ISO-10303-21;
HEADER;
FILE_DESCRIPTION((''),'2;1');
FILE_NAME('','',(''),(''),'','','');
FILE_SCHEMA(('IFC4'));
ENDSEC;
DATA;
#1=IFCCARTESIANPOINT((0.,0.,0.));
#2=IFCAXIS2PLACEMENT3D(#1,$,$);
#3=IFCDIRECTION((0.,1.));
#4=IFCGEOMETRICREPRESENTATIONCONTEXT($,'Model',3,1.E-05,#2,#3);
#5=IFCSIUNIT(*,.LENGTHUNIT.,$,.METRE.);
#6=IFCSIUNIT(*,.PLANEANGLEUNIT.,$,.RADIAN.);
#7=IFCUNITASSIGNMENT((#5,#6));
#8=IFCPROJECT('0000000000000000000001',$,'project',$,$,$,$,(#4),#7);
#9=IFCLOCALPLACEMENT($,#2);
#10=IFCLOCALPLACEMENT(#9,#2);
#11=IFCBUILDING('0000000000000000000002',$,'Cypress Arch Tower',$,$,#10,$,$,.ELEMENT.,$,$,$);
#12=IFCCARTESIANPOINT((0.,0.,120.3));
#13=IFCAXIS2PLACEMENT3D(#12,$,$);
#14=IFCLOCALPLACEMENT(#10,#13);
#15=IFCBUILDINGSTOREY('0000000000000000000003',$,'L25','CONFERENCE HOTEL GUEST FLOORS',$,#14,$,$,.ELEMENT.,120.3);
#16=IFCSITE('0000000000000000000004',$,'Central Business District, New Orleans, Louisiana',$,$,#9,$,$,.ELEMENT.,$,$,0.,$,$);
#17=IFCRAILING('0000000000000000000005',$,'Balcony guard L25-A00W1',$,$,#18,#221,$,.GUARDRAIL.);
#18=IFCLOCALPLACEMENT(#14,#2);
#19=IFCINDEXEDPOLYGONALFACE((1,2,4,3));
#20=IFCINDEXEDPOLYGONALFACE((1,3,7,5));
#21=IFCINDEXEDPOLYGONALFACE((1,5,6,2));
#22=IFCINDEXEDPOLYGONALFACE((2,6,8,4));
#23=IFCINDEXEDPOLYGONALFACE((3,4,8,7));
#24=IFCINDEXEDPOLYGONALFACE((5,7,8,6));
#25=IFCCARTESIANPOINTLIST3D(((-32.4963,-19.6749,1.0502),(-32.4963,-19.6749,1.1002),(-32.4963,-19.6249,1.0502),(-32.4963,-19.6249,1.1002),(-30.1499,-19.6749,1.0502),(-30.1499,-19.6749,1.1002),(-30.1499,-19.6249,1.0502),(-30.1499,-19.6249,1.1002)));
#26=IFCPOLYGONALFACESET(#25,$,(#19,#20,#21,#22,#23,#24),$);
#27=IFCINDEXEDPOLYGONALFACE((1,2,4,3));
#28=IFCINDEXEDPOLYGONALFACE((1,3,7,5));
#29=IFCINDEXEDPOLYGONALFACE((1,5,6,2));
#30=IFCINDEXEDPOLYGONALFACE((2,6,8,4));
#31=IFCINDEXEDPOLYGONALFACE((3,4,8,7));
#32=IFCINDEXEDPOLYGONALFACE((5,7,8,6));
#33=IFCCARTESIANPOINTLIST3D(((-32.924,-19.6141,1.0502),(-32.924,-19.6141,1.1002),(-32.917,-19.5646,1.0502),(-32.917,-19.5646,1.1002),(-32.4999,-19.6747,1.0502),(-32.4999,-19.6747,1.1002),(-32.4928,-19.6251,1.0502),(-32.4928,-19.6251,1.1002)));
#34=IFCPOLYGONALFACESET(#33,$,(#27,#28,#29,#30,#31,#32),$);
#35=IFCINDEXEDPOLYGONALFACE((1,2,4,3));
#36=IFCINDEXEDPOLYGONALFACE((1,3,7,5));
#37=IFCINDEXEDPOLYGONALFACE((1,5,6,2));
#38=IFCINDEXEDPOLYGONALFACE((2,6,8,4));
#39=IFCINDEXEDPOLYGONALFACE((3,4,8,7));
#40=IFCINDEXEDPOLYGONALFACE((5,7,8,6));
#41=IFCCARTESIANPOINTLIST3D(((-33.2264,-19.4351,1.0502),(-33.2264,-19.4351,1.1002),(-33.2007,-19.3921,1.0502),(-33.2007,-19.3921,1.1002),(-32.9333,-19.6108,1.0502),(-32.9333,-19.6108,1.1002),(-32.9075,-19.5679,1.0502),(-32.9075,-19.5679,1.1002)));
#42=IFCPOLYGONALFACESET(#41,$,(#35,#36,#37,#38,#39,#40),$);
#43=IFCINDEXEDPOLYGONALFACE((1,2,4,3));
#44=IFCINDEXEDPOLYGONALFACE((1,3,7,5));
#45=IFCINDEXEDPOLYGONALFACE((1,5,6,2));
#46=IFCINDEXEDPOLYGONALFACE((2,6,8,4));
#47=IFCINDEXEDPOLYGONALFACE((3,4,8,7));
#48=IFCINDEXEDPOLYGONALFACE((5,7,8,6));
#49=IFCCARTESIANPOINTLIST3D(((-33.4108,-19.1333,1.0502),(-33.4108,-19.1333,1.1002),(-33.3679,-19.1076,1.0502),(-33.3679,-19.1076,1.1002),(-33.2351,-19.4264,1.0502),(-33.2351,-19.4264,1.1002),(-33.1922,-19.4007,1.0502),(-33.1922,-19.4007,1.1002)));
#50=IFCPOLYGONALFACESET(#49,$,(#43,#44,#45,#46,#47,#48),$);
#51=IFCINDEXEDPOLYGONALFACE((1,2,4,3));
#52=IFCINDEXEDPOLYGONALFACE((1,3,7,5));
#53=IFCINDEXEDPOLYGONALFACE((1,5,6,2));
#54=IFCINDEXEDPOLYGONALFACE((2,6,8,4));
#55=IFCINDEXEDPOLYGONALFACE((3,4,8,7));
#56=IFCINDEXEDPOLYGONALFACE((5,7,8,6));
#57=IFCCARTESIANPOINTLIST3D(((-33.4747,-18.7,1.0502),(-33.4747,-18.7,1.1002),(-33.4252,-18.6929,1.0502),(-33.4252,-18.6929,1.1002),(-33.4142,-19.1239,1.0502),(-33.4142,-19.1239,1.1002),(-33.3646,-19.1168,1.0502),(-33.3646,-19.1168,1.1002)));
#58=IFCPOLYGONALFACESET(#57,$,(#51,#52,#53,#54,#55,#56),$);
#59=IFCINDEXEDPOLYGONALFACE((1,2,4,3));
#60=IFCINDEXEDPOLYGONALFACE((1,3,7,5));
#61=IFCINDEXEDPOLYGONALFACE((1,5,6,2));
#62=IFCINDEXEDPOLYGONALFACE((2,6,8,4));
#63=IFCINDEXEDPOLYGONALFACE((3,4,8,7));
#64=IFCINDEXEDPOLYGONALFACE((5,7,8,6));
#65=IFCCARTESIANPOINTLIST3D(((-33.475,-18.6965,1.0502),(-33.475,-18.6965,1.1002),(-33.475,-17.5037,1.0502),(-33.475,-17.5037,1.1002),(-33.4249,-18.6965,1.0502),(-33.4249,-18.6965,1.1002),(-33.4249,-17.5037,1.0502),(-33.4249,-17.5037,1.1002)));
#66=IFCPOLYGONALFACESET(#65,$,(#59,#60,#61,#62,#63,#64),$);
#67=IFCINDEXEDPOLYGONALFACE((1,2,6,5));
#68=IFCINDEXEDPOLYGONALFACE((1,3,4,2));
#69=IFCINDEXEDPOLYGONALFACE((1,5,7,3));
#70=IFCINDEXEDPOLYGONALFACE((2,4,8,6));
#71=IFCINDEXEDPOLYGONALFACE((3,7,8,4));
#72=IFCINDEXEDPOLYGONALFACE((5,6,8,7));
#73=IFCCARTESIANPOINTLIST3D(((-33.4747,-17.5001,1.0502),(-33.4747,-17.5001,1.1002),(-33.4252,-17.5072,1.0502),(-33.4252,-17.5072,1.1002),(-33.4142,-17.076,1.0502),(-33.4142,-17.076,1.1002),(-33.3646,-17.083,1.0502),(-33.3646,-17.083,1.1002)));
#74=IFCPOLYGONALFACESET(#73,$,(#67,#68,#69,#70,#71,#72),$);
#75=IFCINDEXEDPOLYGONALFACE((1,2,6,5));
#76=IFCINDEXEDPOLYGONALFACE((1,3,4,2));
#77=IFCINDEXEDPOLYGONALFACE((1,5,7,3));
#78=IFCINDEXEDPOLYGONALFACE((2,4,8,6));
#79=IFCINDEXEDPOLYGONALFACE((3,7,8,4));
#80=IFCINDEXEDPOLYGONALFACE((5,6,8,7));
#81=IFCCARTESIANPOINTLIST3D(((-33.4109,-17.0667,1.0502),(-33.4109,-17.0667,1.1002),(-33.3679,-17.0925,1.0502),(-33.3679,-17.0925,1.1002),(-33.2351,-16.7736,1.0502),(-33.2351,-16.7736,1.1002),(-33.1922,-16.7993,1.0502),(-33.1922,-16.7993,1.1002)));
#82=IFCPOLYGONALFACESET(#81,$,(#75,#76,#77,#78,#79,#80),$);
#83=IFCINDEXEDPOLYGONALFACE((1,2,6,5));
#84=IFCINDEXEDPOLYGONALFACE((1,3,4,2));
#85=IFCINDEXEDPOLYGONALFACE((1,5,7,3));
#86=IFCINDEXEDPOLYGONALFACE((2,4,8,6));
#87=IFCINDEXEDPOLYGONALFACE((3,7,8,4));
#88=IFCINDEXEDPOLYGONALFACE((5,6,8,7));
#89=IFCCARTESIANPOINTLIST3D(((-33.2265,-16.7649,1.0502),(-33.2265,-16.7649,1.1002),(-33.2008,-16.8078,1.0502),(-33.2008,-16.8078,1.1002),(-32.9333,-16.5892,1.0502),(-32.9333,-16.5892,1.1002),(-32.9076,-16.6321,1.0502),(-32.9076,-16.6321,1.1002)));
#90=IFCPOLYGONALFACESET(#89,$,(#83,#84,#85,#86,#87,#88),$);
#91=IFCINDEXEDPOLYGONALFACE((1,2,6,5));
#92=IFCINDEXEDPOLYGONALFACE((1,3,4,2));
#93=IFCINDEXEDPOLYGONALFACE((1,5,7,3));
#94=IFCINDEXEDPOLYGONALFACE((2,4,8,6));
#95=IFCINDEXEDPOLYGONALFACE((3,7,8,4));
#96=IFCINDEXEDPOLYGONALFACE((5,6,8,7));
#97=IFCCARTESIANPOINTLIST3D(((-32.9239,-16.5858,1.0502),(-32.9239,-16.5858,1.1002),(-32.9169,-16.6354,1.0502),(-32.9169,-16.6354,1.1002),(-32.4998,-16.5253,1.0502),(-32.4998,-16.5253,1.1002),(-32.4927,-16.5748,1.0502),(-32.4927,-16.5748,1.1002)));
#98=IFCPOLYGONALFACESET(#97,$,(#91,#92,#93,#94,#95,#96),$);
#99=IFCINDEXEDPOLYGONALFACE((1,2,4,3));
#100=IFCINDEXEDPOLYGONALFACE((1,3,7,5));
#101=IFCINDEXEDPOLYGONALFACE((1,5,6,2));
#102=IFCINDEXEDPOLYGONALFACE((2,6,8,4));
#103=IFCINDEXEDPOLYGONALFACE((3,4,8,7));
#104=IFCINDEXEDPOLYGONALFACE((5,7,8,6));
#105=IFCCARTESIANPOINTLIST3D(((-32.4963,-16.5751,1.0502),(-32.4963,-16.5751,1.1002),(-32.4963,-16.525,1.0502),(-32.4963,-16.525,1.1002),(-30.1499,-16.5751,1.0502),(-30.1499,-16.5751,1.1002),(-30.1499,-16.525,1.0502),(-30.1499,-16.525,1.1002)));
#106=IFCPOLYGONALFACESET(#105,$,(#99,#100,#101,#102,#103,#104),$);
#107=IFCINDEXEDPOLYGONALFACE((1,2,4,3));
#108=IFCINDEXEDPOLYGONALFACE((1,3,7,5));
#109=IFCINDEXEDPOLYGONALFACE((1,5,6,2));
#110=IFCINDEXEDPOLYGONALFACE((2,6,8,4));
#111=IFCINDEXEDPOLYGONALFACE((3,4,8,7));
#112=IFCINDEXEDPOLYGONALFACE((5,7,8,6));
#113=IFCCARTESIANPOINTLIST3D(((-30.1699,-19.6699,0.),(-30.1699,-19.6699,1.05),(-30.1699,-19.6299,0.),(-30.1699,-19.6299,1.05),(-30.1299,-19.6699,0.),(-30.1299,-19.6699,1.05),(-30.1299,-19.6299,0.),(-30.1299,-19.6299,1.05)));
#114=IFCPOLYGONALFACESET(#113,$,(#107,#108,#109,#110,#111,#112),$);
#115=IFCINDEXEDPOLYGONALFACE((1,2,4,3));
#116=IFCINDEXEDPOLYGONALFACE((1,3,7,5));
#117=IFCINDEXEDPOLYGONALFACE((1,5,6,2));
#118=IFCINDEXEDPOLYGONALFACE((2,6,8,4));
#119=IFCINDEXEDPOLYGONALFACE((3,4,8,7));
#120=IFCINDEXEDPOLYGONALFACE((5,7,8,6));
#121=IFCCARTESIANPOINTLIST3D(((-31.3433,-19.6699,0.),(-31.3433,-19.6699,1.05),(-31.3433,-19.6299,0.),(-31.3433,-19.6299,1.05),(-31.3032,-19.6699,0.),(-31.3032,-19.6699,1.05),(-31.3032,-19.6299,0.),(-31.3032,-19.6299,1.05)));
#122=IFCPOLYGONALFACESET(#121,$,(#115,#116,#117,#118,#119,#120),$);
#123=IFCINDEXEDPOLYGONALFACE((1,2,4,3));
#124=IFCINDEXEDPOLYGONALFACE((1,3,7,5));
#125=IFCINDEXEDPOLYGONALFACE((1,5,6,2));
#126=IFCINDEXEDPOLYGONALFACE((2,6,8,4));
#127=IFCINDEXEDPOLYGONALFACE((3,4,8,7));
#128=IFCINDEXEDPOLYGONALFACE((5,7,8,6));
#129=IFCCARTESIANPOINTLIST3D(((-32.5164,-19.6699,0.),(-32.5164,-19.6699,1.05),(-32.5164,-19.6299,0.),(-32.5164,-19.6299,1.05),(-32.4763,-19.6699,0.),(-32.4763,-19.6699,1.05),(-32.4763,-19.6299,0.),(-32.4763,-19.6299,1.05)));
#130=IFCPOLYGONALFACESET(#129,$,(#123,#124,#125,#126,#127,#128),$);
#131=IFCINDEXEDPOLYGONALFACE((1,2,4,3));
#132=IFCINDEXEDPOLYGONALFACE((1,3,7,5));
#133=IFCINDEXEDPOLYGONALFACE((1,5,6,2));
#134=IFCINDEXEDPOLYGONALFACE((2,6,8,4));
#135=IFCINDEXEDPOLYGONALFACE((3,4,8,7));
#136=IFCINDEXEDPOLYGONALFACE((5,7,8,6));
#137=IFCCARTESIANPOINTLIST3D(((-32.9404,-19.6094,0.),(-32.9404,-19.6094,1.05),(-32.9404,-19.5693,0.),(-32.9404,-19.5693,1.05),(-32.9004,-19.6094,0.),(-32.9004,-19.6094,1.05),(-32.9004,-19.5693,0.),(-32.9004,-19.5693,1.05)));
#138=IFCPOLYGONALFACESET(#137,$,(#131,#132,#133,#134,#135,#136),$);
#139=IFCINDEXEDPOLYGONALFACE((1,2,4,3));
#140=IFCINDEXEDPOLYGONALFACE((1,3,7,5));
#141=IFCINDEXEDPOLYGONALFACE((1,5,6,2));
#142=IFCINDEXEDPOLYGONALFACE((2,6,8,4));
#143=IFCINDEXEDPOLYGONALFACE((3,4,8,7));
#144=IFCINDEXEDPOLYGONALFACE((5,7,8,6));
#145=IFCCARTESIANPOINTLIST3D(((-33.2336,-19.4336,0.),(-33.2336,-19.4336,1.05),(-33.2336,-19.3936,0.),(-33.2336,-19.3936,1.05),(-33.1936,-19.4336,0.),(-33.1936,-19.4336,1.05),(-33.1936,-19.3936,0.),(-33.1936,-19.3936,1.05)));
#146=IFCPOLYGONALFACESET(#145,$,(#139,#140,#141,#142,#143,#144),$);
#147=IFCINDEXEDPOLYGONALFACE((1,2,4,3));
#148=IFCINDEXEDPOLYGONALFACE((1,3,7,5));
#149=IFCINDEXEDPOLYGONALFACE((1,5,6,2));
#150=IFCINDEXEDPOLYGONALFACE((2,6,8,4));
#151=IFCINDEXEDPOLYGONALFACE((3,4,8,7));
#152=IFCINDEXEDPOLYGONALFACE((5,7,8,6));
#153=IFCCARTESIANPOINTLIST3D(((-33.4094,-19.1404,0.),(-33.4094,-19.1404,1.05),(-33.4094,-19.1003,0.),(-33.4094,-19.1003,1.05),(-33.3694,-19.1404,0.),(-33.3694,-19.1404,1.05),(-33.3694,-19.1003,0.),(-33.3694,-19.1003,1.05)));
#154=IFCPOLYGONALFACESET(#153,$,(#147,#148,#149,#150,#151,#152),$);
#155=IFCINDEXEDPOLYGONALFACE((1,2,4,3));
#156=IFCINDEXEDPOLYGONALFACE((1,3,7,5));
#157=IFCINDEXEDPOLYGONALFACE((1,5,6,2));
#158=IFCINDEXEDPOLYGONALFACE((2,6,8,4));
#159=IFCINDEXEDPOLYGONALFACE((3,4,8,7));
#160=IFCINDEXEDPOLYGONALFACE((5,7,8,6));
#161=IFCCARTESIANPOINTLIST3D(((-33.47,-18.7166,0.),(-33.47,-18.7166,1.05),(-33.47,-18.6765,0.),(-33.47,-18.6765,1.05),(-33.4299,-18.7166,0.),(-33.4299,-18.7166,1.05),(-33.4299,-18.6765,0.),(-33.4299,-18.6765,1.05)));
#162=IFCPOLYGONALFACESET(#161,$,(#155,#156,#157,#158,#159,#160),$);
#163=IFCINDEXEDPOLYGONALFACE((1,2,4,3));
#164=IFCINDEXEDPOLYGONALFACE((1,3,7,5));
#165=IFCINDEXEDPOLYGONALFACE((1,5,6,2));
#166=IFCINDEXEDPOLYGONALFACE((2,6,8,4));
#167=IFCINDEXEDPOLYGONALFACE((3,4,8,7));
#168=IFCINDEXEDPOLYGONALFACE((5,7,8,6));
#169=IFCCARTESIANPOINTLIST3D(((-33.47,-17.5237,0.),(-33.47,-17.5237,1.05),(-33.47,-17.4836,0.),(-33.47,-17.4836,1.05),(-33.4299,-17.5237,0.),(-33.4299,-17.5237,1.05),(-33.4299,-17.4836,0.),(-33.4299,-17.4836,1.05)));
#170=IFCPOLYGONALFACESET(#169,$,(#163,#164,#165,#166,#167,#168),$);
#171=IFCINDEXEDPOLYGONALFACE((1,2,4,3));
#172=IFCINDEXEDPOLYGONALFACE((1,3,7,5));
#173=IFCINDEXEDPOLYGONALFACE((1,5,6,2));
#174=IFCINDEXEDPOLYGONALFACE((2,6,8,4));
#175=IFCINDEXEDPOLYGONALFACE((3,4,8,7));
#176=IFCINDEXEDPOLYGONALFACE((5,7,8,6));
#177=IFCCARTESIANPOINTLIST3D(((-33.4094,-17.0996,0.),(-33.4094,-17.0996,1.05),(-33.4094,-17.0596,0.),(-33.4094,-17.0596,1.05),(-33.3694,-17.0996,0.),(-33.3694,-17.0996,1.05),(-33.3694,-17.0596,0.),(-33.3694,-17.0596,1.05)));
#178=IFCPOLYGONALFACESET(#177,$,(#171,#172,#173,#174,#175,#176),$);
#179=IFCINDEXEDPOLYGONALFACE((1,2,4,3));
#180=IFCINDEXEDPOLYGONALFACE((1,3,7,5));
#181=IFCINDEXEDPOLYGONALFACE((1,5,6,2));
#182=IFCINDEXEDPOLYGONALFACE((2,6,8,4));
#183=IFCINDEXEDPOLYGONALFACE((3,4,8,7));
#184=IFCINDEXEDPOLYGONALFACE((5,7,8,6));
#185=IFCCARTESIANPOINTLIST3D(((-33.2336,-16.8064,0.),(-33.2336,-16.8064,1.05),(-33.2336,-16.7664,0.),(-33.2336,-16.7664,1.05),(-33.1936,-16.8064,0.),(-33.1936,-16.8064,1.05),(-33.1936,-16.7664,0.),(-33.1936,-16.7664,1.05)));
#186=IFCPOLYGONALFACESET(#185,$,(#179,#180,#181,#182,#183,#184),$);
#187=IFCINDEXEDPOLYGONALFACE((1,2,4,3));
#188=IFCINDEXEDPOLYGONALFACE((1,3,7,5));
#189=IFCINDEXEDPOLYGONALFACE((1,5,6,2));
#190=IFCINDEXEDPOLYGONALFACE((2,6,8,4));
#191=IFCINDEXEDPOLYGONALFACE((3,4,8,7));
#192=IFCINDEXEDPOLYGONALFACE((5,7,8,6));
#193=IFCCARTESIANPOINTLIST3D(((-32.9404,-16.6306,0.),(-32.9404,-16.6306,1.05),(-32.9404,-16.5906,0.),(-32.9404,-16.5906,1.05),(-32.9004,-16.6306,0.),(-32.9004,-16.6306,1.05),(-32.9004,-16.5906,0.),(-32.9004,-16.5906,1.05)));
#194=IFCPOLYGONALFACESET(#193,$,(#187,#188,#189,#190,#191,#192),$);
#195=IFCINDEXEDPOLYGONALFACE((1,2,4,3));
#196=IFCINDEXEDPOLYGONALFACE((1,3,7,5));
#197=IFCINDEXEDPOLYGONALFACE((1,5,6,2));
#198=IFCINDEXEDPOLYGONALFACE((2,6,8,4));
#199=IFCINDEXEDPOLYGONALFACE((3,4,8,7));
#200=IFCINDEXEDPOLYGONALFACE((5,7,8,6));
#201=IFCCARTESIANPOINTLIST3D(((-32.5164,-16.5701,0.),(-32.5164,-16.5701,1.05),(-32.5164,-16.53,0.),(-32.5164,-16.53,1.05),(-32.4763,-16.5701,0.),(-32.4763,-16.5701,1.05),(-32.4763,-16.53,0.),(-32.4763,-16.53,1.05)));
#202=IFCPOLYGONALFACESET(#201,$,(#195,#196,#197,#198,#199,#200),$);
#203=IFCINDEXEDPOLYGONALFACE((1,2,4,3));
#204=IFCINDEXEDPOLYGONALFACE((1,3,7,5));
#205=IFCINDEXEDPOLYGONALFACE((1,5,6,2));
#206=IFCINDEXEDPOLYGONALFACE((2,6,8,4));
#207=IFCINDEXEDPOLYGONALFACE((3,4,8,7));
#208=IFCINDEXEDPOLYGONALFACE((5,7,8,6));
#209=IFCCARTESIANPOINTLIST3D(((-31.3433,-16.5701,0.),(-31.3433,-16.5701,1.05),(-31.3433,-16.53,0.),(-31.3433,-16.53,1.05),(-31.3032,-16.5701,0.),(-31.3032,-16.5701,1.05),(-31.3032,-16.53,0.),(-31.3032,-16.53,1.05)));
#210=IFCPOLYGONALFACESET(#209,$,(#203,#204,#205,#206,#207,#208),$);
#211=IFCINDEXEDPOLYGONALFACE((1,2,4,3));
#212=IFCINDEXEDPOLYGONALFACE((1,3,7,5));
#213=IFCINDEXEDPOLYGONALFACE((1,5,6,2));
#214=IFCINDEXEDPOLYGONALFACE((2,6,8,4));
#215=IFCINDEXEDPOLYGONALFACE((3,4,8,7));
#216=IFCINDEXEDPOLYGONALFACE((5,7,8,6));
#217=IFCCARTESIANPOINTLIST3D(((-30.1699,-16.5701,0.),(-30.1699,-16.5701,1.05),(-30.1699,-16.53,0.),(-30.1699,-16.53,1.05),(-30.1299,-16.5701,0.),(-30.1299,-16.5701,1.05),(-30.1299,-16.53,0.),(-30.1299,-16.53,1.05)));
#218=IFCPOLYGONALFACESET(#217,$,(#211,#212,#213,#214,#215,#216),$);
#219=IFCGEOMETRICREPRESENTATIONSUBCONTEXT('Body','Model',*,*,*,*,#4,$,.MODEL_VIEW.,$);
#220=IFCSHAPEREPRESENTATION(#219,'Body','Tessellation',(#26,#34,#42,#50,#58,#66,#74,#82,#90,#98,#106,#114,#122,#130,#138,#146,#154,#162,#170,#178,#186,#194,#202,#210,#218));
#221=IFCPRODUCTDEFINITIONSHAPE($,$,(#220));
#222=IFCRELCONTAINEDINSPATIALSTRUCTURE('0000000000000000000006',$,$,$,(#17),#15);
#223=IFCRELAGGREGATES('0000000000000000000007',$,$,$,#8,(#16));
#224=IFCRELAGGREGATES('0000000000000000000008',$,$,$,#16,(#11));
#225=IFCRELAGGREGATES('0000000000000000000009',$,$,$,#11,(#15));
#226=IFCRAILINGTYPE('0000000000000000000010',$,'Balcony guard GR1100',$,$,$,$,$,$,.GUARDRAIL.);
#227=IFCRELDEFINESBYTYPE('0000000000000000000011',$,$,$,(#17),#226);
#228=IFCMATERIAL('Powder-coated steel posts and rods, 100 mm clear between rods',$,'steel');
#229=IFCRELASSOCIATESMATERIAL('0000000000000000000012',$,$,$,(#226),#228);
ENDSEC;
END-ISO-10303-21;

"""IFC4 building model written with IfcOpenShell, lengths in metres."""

from ifc_helpers import new_model, si_unit, direction, frame, origin, origin_2d, place, context, subcontext, project, spatial, rectangle, extrude, material, type_object, element, save


model = new_model("IFC4")

# Units and contexts
model_context = context("Model", 3, precision=1e-05, world=origin(), true_north=direction((0.0, 1.0)))
body_context = subcontext(model_context, "Body", "Model", "MODEL_VIEW")
ifc_project = project(units=[si_unit("LENGTHUNIT", "METRE"), si_unit("PLANEANGLEUNIT", "RADIAN")], contexts=[model_context])

# Site, building, storey
site_placement = place(None, origin())
site = spatial("IfcSite", under=ifc_project, at=site_placement, Name="Central Business District, New Orleans, Louisiana", CompositionType="ELEMENT", RefElevation=0.0)
building_placement = place(site_placement, origin())
building = spatial("IfcBuilding", under=site, at=building_placement, Name="Cypress Arch Tower", CompositionType="ELEMENT")
storey_placement = place(building_placement, frame((0.0, 0.0, 120.3)))
storey = spatial("IfcBuildingStorey", under=building, at=storey_placement, Name="L25", Description="CONFERENCE HOTEL GUEST FLOORS", CompositionType="ELEMENT", Elevation=120.3)

# Railing
ifc_material_1 = material(Name="Powder-coated steel posts and rods, 100 mm clear between rods", Category="steel")
railing_type = type_object("IfcRailingType", Name="Balcony guard GR1100", PredefinedType="GUARDRAIL", material=ifc_material_1)
railing_placement = place(storey_placement, frame((-30.1499, -19.6499, 0.0)))
element("IfcRailing", 1, at=railing_placement, inside=storey, type_object=railing_type, Name="Balcony guard L25-A00W1", PredefinedType="GUARDRAIL", context=body_context, shape_type="SweptSolid", body=[
    extrude(rectangle(XDim=0.05, YDim=0.05, at=origin_2d()), frame((0.0, 0.0, 1.0752), z_axis=(-1.0, 0.0, 0.0), x_axis=(0.0, -1.0, 0.0)), (0.0, 0.0, 1.0), 2.3464),
    extrude(rectangle(XDim=0.05, YDim=0.05, at=origin_2d()), frame((-2.3464, 0.0, 1.0752), z_axis=(-0.989961, 0.141342, 0.0), x_axis=(-0.141342, -0.989961, 0.0)), (0.0, 0.0, 1.0), 0.4285),
    extrude(rectangle(XDim=0.05, YDim=0.05, at=origin_2d()), frame((-2.7705, 0.0605, 1.0752), z_axis=(-0.857682, 0.514181, 0.0), x_axis=(-0.514181, -0.857682, 0.0)), (0.0, 0.0, 1.0), 0.3418),
    extrude(rectangle(XDim=0.05, YDim=0.05, at=origin_2d()), frame((-3.0637, 0.2363, 1.0752), z_axis=(-0.514181, 0.857682, 0.0), x_axis=(-0.857682, -0.514181, 0.0)), (0.0, 0.0, 1.0), 0.3418),
    extrude(rectangle(XDim=0.05, YDim=0.05, at=origin_2d()), frame((-3.2395, 0.5295, 1.0752), z_axis=(-0.141421, 0.989949, 0.0), x_axis=(-0.989949, -0.141421, 0.0)), (0.0, 0.0, 1.0), 0.4282),
    extrude(rectangle(XDim=0.05, YDim=0.05, at=origin_2d()), frame((-3.3, 0.9534, 1.0752), z_axis=(0.0, 1.0, 0.0), x_axis=(-1.0, 0.0, 0.0)), (0.0, 0.0, 1.0), 1.1929),
    extrude(rectangle(XDim=0.05, YDim=0.05, at=origin_2d()), frame((-3.3, 2.1462, 1.0752), z_axis=(0.141342, 0.989961, 0.0), x_axis=(-0.989961, 0.141342, 0.0)), (0.0, 0.0, 1.0), 0.4285),
    extrude(rectangle(XDim=0.05, YDim=0.05, at=origin_2d()), frame((-3.2395, 2.5703, 1.0752), z_axis=(0.514181, 0.857682, 0.0), x_axis=(-0.857682, 0.514181, 0.0)), (0.0, 0.0, 1.0), 0.3418),
    extrude(rectangle(XDim=0.05, YDim=0.05, at=origin_2d()), frame((-3.0637, 2.8635, 1.0752), z_axis=(0.857682, 0.514181, 0.0), x_axis=(-0.514181, 0.857682, 0.0)), (0.0, 0.0, 1.0), 0.3418),
    extrude(rectangle(XDim=0.05, YDim=0.05, at=origin_2d()), frame((-2.7705, 3.0393, 1.0752), z_axis=(0.989961, 0.141342, 0.0), x_axis=(-0.141342, 0.989961, 0.0)), (0.0, 0.0, 1.0), 0.4285),
    extrude(rectangle(XDim=0.05, YDim=0.05, at=origin_2d()), frame((-2.3464, 3.0999, 1.0752), z_axis=(1.0, 0.0, 0.0), x_axis=(0.0, 1.0, 0.0)), (0.0, 0.0, 1.0), 2.3464),
    extrude(rectangle(XDim=0.04, YDim=0.04, at=origin_2d()), origin(), (0.0, 0.0, 1.0), 1.05),
    extrude(rectangle(XDim=0.04, YDim=0.04, at=origin_2d()), frame((-1.1733, 0.0, 0.0)), (0.0, 0.0, 1.0), 1.05),
    extrude(rectangle(XDim=0.04, YDim=0.04, at=origin_2d()), frame((-2.3464, 0.0, 0.0)), (0.0, 0.0, 1.0), 1.05),
    extrude(rectangle(XDim=0.04, YDim=0.04, at=origin_2d()), frame((-2.7705, 0.0605, 0.0)), (0.0, 0.0, 1.0), 1.05),
    extrude(rectangle(XDim=0.04, YDim=0.04, at=origin_2d()), frame((-3.0637, 0.2363, 0.0)), (0.0, 0.0, 1.0), 1.05),
    extrude(rectangle(XDim=0.04, YDim=0.04, at=origin_2d()), frame((-3.2395, 0.5295, 0.0)), (0.0, 0.0, 1.0), 1.05),
    extrude(rectangle(XDim=0.04, YDim=0.04, at=origin_2d()), frame((-3.3, 0.9534, 0.0)), (0.0, 0.0, 1.0), 1.05),
    extrude(rectangle(XDim=0.04, YDim=0.04, at=origin_2d()), frame((-3.3, 2.1462, 0.0)), (0.0, 0.0, 1.0), 1.05),
    extrude(rectangle(XDim=0.04, YDim=0.04, at=origin_2d()), frame((-3.2395, 2.5703, 0.0)), (0.0, 0.0, 1.0), 1.05),
    extrude(rectangle(XDim=0.04, YDim=0.04, at=origin_2d()), frame((-3.0637, 2.8635, 0.0)), (0.0, 0.0, 1.0), 1.05),
    extrude(rectangle(XDim=0.04, YDim=0.04, at=origin_2d()), frame((-2.7705, 3.0393, 0.0)), (0.0, 0.0, 1.0), 1.05),
    extrude(rectangle(XDim=0.04, YDim=0.04, at=origin_2d()), frame((-2.3464, 3.0999, 0.0)), (0.0, 0.0, 1.0), 1.05),
    extrude(rectangle(XDim=0.04, YDim=0.04, at=origin_2d()), frame((-1.1733, 3.0999, 0.0)), (0.0, 0.0, 1.0), 1.05),
    extrude(rectangle(XDim=0.04, YDim=0.04, at=origin_2d()), frame((0.0, 3.0999, 0.0)), (0.0, 0.0, 1.0), 1.05),
])

save(model, "model.ifc")
